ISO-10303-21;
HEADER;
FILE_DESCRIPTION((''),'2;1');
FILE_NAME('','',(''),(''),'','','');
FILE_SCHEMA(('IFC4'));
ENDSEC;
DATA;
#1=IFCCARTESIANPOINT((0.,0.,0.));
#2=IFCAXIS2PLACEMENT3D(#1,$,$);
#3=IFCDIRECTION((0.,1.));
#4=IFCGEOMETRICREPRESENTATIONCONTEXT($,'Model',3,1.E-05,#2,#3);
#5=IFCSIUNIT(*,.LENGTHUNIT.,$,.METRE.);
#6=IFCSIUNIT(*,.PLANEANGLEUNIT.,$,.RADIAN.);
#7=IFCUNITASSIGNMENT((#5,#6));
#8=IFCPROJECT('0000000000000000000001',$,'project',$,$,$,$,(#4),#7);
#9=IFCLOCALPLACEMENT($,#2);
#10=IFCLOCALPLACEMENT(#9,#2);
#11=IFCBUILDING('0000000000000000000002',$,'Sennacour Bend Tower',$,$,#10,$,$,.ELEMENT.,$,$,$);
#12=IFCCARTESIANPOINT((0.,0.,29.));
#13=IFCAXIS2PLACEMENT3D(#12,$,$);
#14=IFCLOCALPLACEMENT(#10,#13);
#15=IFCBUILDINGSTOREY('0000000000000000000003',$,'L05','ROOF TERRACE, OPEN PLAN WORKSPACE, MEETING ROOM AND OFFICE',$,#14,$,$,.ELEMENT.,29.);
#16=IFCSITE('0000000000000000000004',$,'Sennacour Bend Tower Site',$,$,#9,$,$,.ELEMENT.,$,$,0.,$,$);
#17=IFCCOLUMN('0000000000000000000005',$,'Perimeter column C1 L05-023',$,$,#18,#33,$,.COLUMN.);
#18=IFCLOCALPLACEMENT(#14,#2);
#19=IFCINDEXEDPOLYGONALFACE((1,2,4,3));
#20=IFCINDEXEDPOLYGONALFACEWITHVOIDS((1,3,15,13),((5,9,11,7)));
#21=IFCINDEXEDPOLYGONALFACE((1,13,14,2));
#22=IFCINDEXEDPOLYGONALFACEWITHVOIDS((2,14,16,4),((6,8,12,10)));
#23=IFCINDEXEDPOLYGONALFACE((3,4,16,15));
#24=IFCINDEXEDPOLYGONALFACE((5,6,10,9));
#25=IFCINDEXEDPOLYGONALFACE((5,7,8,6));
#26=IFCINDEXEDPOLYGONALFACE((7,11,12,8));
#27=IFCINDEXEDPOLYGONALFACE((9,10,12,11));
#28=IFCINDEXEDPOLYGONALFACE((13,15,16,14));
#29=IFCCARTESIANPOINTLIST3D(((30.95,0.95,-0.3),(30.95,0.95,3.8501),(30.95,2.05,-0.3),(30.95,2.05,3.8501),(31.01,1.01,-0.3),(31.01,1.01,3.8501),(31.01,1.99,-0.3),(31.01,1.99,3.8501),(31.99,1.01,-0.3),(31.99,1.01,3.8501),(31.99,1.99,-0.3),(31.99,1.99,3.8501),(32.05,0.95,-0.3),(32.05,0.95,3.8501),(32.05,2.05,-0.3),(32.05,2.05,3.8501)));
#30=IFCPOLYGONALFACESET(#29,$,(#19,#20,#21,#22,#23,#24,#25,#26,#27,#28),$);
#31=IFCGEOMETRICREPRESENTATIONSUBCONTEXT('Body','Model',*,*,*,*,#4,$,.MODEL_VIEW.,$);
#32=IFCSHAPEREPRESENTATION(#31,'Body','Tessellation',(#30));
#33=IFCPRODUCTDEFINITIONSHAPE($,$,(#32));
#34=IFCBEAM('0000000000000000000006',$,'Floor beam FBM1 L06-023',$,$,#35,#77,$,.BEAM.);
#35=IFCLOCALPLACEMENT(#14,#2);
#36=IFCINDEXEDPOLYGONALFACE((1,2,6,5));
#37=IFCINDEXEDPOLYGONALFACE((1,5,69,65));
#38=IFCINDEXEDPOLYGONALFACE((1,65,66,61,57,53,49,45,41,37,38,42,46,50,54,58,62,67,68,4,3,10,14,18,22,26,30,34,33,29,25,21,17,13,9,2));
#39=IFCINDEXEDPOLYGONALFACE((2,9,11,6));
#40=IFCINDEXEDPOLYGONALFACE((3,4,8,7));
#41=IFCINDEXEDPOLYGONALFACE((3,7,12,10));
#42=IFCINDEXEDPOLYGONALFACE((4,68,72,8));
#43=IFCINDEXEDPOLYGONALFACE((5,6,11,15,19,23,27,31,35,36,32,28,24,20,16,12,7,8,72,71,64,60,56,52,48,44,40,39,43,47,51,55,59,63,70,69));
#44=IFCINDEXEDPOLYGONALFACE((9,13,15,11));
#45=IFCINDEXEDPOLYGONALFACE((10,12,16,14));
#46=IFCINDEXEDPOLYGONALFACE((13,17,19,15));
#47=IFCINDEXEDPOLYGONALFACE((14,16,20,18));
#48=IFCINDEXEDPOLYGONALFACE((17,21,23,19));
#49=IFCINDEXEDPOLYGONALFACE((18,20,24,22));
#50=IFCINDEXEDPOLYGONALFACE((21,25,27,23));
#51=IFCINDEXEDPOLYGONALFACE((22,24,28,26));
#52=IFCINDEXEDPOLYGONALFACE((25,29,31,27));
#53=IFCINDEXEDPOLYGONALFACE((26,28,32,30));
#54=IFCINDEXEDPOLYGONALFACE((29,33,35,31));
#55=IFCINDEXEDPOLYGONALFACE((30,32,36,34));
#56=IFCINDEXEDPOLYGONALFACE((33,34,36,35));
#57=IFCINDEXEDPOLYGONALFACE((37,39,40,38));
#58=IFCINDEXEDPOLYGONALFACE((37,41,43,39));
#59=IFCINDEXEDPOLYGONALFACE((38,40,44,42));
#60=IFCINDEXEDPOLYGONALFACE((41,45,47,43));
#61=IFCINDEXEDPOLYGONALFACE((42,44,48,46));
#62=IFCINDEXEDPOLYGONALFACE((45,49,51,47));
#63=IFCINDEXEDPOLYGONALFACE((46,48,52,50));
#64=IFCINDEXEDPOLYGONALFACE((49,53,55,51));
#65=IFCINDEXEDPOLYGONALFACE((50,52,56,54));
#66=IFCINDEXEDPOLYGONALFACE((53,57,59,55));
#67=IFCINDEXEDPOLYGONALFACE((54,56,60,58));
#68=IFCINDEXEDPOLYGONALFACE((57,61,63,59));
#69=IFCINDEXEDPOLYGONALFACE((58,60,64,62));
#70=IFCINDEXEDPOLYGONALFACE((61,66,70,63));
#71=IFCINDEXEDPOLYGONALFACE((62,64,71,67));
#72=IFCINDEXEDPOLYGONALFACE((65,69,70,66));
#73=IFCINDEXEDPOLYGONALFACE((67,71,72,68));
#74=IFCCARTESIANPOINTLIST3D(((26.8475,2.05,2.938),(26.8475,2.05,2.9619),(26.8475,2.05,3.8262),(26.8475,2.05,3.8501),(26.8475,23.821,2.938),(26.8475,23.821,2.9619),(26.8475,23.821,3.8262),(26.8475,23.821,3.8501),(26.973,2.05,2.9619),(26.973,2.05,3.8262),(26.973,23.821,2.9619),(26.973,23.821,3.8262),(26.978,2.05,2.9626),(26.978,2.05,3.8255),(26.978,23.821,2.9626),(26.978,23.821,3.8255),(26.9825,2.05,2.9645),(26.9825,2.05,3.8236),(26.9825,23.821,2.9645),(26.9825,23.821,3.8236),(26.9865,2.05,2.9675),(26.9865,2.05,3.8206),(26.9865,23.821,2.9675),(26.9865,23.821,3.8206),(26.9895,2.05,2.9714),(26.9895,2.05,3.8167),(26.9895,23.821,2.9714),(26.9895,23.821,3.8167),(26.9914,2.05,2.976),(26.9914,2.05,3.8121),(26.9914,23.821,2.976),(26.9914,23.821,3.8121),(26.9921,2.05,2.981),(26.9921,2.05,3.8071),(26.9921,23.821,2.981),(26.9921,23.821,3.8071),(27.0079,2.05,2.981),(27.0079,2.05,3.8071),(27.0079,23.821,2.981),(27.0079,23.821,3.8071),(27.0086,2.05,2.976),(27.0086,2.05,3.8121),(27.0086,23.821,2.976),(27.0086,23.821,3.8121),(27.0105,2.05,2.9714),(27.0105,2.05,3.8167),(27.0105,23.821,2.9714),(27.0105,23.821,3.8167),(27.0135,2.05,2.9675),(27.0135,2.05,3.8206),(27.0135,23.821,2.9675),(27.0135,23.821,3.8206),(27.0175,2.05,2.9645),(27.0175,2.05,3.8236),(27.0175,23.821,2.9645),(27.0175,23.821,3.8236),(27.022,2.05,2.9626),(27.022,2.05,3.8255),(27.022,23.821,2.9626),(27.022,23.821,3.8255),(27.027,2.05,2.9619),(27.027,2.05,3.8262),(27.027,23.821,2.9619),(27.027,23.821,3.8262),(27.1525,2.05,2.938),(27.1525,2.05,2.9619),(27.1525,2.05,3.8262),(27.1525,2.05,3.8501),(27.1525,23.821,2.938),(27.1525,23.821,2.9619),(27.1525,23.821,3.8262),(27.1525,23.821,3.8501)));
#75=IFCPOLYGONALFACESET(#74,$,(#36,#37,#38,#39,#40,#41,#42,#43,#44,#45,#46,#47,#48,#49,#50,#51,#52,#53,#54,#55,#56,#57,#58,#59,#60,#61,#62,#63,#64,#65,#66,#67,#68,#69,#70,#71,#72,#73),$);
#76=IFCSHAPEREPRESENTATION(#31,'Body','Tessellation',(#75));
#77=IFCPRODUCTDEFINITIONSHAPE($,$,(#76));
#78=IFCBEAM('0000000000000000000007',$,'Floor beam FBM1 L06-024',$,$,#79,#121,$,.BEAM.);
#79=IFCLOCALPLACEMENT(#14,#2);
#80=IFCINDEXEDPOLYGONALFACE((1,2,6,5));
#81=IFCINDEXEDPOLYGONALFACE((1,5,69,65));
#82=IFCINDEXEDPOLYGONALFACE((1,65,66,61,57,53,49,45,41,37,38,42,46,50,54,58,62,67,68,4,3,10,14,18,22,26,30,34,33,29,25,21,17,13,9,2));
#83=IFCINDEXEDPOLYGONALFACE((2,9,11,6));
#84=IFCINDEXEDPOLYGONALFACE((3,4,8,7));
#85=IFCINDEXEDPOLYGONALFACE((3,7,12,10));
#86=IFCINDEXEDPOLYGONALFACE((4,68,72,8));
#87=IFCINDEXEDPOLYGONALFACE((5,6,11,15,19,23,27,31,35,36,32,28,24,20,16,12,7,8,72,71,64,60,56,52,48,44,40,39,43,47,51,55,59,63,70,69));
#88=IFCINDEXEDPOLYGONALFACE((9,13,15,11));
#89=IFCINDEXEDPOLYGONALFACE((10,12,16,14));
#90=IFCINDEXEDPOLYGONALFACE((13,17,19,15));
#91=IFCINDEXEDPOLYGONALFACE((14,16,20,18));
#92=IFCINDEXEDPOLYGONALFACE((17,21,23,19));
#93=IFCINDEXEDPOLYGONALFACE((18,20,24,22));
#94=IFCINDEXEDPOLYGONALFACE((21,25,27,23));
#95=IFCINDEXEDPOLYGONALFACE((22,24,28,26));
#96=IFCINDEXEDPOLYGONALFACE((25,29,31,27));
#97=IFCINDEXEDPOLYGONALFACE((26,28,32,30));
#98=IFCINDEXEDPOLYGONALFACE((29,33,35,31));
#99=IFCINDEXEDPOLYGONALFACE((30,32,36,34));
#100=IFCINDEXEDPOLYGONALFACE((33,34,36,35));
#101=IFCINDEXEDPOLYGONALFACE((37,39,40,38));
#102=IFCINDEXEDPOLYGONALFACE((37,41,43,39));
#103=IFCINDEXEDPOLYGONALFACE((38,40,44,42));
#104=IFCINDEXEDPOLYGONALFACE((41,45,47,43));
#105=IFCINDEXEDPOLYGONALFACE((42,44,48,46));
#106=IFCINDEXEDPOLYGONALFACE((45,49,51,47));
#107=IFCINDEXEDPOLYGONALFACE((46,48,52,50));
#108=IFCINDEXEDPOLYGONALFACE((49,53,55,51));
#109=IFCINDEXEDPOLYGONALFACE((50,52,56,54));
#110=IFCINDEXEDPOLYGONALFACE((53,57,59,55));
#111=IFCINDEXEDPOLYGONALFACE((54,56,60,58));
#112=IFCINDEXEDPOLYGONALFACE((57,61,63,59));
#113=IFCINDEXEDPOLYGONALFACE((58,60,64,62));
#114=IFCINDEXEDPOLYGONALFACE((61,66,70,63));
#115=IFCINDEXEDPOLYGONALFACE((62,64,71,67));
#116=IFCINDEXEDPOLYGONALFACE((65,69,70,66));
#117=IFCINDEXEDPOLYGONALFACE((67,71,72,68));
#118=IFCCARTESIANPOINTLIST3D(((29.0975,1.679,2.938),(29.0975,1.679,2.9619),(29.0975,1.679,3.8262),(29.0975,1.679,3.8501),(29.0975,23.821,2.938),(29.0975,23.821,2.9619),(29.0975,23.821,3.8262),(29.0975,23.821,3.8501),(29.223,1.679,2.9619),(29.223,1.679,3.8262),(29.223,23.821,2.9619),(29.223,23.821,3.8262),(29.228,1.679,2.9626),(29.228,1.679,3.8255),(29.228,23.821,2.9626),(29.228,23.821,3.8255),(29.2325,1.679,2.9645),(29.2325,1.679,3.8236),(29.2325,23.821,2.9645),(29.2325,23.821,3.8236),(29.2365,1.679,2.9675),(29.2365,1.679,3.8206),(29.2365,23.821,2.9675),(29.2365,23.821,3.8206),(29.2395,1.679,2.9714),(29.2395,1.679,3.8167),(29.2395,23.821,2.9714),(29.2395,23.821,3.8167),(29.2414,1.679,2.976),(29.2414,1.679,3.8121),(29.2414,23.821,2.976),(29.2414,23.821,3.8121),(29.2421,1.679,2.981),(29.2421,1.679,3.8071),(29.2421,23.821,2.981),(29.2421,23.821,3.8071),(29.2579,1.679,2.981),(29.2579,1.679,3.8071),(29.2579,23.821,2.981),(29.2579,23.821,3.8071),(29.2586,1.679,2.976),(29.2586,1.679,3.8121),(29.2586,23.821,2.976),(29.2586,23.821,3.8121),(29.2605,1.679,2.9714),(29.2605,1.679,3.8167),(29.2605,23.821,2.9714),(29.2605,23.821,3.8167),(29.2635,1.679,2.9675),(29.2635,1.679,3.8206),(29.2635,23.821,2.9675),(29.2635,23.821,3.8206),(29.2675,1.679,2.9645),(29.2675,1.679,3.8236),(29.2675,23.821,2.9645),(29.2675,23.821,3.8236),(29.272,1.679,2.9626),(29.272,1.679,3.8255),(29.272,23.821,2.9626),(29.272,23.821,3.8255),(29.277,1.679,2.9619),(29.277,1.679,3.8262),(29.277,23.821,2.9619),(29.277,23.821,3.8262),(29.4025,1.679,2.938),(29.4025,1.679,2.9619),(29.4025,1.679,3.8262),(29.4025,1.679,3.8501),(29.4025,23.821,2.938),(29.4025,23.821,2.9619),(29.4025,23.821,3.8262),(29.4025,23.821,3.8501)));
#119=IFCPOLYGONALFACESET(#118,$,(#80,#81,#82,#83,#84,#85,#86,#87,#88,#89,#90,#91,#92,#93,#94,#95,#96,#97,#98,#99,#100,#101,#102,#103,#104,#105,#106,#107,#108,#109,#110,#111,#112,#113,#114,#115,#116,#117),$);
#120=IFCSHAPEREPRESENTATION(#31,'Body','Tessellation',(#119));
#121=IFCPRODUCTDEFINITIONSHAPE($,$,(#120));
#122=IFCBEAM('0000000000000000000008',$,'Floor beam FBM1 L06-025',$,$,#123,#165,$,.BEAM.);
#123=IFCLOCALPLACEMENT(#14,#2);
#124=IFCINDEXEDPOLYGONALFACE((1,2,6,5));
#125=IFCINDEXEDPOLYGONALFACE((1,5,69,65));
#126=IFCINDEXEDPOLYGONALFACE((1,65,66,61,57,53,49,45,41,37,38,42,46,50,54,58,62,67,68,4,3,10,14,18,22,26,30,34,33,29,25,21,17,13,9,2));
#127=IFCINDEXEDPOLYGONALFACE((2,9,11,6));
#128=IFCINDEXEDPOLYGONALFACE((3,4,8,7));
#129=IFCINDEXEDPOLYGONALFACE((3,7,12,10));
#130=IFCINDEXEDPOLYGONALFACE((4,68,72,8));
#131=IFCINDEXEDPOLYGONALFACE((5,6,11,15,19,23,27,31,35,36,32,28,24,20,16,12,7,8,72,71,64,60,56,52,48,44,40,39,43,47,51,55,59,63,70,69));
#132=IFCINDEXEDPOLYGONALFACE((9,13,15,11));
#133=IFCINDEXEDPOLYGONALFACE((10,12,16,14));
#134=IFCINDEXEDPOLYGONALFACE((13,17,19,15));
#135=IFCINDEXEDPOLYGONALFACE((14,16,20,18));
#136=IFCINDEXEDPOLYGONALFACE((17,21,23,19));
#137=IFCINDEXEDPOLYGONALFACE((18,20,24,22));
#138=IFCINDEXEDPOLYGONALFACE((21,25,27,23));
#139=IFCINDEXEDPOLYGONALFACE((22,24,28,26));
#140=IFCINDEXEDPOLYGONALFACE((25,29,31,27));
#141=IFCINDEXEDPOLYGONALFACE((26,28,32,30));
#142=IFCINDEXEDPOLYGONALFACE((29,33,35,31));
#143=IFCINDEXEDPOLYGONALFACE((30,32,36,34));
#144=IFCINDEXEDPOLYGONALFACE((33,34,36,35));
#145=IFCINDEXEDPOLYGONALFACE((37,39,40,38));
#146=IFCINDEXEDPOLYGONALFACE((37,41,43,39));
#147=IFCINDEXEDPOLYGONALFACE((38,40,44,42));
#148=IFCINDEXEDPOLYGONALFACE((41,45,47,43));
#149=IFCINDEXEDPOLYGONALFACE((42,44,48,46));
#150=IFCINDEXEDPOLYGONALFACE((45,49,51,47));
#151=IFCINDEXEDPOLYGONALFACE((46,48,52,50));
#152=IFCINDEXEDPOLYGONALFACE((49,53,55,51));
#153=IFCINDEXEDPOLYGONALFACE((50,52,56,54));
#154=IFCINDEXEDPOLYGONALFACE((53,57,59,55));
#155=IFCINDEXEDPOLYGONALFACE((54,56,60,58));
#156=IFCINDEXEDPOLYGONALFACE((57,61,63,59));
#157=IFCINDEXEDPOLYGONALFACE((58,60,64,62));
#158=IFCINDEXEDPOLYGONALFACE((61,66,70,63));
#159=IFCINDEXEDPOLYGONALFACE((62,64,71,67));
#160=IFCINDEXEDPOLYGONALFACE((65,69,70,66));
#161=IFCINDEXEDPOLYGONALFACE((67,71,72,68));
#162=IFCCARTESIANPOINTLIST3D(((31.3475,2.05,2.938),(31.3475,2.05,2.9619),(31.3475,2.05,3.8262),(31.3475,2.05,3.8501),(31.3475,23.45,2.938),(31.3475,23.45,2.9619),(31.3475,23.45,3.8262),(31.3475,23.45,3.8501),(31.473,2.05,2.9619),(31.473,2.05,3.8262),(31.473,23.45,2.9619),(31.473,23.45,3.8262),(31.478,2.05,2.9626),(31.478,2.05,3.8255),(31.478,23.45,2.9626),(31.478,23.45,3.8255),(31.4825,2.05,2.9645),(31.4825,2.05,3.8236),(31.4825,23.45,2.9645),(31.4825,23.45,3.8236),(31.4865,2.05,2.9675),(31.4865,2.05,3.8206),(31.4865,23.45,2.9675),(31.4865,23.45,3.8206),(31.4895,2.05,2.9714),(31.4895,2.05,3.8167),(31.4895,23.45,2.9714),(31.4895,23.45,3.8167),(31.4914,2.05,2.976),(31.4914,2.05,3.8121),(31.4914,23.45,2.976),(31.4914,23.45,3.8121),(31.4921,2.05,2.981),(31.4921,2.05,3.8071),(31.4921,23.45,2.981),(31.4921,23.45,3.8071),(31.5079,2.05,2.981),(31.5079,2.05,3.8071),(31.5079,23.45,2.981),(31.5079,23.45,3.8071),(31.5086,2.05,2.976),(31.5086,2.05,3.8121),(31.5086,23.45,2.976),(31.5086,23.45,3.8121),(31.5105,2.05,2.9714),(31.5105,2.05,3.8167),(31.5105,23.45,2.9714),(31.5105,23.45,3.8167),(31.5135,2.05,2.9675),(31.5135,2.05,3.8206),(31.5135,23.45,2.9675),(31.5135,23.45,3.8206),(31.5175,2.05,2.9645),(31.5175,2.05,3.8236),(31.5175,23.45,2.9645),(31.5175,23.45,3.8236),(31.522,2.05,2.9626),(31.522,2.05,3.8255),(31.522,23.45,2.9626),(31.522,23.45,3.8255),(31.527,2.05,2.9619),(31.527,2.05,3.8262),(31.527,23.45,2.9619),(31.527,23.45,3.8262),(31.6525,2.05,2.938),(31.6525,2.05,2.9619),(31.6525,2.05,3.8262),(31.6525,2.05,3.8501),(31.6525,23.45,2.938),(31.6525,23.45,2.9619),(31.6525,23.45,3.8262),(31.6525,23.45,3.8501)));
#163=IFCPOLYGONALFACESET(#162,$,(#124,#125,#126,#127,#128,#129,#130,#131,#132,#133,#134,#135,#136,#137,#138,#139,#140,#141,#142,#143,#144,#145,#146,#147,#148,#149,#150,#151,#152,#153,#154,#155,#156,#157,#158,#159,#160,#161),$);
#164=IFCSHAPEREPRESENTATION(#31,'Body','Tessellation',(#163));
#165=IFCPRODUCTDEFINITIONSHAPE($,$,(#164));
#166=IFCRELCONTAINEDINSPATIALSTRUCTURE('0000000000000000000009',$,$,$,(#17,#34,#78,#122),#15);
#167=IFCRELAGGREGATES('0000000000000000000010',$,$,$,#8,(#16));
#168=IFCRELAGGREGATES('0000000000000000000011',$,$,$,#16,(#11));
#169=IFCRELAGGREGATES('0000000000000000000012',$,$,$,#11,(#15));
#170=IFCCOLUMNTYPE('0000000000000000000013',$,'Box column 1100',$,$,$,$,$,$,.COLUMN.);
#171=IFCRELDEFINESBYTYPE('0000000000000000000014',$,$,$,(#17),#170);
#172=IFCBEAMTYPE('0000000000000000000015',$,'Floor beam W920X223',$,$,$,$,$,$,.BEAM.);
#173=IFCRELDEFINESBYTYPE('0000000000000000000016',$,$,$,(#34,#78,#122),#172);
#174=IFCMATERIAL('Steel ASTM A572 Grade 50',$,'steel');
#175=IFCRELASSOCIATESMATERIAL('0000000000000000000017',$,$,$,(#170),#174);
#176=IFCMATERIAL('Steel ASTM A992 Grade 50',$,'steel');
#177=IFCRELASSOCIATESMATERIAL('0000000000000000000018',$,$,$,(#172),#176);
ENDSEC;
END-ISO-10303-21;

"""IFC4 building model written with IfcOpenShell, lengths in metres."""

from ifc_helpers import new_model, si_unit, direction, frame, origin, origin_2d, place, context, subcontext, project, spatial, hollow_rectangle, i_section, extrude, material, material_profile, profile_set, type_object, element, save


model = new_model("IFC4")

# Units and contexts
model_context = context("Model", 3, precision=1e-05, world=origin(), true_north=direction((0.0, 1.0)))
body_context = subcontext(model_context, "Body", "Model", "MODEL_VIEW")
ifc_project = project(units=[si_unit("LENGTHUNIT", "METRE"), si_unit("PLANEANGLEUNIT", "RADIAN")], contexts=[model_context])

# Site, building, storey
site_placement = place(None, origin())
site = spatial("IfcSite", under=ifc_project, at=site_placement, Name="Sennacour Bend Tower Site", CompositionType="ELEMENT", RefElevation=0.0)
building_placement = place(site_placement, origin())
building = spatial("IfcBuilding", under=site, at=building_placement, Name="Sennacour Bend Tower", CompositionType="ELEMENT")
storey_placement = place(building_placement, frame((0.0, 0.0, 29.0)))
storey = spatial("IfcBuildingStorey", under=building, at=storey_placement, Name="L05", Description="ROOF TERRACE, OPEN PLAN WORKSPACE, MEETING ROOM AND OFFICE", CompositionType="ELEMENT", Elevation=29.0)

# Column
ifc_material_1 = material(Name="Steel ASTM A572 Grade 50", Category="steel")
ifc_material_profile_1 = material_profile(ifc_material_1, hollow_rectangle(XDim=1.1001, YDim=1.1001, WallThickness=0.0601, at=origin_2d()), Name="Steel ASTM A572 Grade 50", Category="steel")
ifc_profile_set_1 = profile_set([ifc_material_profile_1], Name="Steel ASTM A572 Grade 50")
column_type = type_object("IfcColumnType", Name="Box column 1100", PredefinedType="COLUMN", material=ifc_profile_set_1)
column_placement = place(storey_placement, frame((31.5, 1.5, -0.3), z_axis=(0.0, 0.0, 1.0), x_axis=(1.0, 0.0, 0.0)))
element("IfcColumn", 1, at=column_placement, inside=storey, type_object=column_type, Name="Perimeter column C1 L05-023", PredefinedType="COLUMN", context=body_context, shape_type="SweptSolid", body=[
    extrude(hollow_rectangle(XDim=1.1001, YDim=1.1001, WallThickness=0.0601, at=origin_2d()), origin(), (0.0, 0.0, 1.0), 4.1501),
])

# Beams
ifc_material_2 = material(Name="Steel ASTM A992 Grade 50", Category="steel")
ifc_material_profile_2 = material_profile(ifc_material_2, i_section(OverallWidth=0.3049, OverallDepth=0.9121, WebThickness=0.0159, FlangeThickness=0.0239, FilletRadius=0.019, at=origin_2d()), Name="Steel ASTM A992 Grade 50", Category="steel")
ifc_profile_set_2 = profile_set([ifc_material_profile_2], Name="Steel ASTM A992 Grade 50")
beam_type_1 = type_object("IfcBeamType", Name="Floor beam W920X223", PredefinedType="BEAM", material=ifc_profile_set_2)
beam_1_placement = place(storey_placement, frame((27.0, 2.05, 3.394), z_axis=(0.0, 1.0, 0.0), x_axis=(-1.0, 0.0, 0.0)))
element("IfcBeam", 2, at=beam_1_placement, inside=storey, type_object=beam_type_1, Name="Floor beam FBM1 L06-023", PredefinedType="BEAM", context=body_context, shape_type="SweptSolid", body=[
    extrude(i_section(OverallWidth=0.3049, OverallDepth=0.9121, WebThickness=0.0159, FlangeThickness=0.0239, FilletRadius=0.019, at=origin_2d()), origin(), (0.0, 0.0, 1.0), 21.771),
])
beam_2_placement = place(storey_placement, frame((29.25, 1.679, 3.394), z_axis=(0.0, 1.0, 0.0), x_axis=(-1.0, 0.0, 0.0)))
element("IfcBeam", 3, at=beam_2_placement, inside=storey, type_object=beam_type_1, Name="Floor beam FBM1 L06-024", PredefinedType="BEAM", context=body_context, shape_type="SweptSolid", body=[
    extrude(i_section(OverallWidth=0.3049, OverallDepth=0.9121, WebThickness=0.0159, FlangeThickness=0.0239, FilletRadius=0.019, at=origin_2d()), origin(), (0.0, 0.0, 1.0), 22.1421),
])
beam_3_placement = place(storey_placement, frame((31.5, 2.05, 3.394), z_axis=(0.0, 1.0, 0.0), x_axis=(-1.0, 0.0, 0.0)))
element("IfcBeam", 4, at=beam_3_placement, inside=storey, type_object=beam_type_1, Name="Floor beam FBM1 L06-025", PredefinedType="BEAM", context=body_context, shape_type="SweptSolid", body=[
    extrude(i_section(OverallWidth=0.3049, OverallDepth=0.9121, WebThickness=0.0159, FlangeThickness=0.0239, FilletRadius=0.019, at=origin_2d()), origin(), (0.0, 0.0, 1.0), 21.3999),
])

save(model, "model.ifc")
